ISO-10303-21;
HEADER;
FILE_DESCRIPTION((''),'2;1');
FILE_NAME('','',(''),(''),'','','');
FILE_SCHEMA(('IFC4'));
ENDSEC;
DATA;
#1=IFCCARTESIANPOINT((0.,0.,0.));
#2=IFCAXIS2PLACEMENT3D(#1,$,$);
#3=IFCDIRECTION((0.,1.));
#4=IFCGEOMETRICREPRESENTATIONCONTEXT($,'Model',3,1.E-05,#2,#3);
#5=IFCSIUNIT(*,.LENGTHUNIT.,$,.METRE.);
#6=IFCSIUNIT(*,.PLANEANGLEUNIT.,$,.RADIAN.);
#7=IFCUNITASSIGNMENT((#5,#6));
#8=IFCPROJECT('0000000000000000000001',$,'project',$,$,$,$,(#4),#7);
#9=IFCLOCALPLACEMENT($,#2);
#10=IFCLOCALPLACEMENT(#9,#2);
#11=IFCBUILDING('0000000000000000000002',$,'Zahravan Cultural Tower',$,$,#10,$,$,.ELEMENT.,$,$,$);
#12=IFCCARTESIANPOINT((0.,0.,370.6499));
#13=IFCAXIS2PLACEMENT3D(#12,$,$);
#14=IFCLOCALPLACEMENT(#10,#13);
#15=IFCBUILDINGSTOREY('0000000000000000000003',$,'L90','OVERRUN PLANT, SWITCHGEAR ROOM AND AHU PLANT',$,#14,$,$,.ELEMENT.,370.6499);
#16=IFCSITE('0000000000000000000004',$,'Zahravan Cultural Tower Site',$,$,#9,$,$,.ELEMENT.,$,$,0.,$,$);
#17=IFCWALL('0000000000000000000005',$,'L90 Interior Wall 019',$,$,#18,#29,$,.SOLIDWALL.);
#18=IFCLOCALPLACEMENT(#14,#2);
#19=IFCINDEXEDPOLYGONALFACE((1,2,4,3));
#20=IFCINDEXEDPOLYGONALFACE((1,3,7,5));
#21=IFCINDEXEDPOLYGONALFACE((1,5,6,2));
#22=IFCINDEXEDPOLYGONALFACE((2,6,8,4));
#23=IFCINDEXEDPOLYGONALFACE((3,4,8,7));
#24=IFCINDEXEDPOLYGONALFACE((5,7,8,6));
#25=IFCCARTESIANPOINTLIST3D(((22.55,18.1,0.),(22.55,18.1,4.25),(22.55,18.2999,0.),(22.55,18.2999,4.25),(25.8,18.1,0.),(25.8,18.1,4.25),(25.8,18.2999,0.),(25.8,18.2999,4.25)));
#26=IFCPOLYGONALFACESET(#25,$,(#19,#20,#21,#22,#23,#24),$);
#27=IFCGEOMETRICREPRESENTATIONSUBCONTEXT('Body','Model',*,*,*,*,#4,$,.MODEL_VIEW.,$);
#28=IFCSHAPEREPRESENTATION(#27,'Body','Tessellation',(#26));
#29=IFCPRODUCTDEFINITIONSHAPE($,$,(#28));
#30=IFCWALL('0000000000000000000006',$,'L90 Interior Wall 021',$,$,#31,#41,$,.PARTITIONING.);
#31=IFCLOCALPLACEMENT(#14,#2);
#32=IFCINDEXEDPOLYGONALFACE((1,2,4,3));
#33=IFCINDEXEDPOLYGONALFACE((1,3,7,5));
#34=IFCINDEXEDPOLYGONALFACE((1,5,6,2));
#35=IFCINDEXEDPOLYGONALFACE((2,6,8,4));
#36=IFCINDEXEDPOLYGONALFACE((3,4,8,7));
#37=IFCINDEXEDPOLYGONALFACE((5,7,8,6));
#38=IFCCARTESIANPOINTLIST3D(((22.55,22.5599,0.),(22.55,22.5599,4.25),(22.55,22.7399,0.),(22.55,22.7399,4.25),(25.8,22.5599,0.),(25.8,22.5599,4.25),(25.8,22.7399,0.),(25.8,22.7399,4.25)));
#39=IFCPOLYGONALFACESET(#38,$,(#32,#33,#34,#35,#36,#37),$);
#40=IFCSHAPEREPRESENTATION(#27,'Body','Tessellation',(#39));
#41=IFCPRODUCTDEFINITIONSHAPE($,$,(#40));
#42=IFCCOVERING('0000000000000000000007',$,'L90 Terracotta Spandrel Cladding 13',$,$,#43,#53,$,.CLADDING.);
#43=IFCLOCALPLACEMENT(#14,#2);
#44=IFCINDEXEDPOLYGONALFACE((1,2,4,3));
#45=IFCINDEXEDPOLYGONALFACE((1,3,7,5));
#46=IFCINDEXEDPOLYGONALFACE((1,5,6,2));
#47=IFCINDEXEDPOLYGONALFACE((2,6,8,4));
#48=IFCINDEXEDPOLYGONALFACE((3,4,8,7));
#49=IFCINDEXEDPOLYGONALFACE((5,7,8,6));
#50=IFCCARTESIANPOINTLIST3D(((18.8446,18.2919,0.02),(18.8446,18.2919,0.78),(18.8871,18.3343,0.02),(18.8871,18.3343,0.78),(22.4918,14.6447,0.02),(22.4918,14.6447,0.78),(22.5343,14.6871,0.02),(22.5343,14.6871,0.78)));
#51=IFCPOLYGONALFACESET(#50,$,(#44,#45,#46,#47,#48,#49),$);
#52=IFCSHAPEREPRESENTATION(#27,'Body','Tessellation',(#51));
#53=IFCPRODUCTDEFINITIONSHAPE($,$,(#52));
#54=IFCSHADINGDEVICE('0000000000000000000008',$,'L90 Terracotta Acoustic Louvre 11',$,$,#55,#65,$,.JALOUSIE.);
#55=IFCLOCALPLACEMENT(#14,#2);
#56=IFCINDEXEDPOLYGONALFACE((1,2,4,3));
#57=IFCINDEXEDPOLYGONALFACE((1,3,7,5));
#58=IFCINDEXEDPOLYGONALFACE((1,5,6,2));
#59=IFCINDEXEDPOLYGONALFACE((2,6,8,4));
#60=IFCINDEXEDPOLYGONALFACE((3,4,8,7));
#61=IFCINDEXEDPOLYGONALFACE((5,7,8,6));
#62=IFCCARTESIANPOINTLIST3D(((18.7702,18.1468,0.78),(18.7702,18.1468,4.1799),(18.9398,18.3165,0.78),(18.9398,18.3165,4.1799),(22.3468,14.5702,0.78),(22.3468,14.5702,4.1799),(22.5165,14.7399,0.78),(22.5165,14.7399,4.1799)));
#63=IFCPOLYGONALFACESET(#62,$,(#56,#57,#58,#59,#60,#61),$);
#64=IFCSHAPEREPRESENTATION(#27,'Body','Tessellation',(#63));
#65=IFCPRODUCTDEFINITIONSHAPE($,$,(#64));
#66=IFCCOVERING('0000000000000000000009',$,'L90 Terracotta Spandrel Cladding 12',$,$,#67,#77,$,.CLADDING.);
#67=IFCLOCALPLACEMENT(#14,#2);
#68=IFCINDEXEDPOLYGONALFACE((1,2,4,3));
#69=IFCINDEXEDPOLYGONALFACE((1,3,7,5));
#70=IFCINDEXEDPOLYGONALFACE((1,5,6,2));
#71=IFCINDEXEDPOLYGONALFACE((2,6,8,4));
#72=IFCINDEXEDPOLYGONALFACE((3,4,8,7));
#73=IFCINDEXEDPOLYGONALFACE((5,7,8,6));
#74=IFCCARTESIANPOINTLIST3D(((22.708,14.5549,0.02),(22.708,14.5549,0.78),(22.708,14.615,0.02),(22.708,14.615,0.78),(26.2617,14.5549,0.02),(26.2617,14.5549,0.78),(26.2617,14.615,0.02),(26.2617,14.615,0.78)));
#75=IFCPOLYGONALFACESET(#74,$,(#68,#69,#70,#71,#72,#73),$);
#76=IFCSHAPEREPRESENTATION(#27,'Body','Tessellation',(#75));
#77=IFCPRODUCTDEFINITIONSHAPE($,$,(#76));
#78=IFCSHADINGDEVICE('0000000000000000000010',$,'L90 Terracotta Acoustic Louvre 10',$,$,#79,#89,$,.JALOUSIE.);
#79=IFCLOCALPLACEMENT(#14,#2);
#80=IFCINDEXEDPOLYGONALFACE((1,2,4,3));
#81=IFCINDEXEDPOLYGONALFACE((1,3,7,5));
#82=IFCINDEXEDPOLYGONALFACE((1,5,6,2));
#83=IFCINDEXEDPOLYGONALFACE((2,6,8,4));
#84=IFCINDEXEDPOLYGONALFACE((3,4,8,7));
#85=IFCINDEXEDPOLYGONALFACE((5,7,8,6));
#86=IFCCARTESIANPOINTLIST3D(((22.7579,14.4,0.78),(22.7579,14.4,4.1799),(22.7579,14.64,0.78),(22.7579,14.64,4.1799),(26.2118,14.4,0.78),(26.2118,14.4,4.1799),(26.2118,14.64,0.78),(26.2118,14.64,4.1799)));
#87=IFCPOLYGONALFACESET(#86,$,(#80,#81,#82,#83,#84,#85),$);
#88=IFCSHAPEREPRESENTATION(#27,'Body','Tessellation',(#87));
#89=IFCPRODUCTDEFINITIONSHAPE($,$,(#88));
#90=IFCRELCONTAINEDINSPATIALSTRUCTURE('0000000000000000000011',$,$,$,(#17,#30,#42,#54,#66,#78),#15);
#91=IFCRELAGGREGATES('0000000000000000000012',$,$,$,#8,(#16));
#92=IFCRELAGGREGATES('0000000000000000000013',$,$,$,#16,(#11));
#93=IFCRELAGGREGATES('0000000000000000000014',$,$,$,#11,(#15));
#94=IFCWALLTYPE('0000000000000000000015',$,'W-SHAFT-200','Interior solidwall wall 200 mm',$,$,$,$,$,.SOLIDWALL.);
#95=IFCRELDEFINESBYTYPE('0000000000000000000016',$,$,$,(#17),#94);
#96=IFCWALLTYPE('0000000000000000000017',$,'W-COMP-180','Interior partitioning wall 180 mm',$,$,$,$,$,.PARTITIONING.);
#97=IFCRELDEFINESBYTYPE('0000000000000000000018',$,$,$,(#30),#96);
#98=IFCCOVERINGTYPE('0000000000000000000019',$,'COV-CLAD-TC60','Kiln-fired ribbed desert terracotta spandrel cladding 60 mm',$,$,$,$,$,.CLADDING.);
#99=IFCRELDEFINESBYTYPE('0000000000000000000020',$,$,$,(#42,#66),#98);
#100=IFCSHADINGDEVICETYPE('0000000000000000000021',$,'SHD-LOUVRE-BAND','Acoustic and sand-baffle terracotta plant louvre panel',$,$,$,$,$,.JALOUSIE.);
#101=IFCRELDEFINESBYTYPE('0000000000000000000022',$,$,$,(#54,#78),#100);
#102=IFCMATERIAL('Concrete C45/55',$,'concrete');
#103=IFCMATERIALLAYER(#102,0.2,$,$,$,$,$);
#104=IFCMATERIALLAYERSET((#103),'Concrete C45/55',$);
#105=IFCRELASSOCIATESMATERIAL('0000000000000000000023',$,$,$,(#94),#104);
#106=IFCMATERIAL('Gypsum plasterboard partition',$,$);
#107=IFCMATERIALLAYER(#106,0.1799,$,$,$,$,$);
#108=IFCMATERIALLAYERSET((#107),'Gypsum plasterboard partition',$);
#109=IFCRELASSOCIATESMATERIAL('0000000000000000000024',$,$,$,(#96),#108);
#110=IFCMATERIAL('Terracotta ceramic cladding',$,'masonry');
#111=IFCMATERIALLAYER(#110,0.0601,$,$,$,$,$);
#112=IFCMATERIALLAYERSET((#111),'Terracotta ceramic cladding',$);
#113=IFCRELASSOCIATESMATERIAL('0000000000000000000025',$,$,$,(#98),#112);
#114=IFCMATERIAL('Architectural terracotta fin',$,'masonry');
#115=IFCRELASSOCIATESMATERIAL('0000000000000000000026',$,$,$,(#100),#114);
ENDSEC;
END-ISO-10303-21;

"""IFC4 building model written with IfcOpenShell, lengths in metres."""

from ifc_helpers import new_model, si_unit, direction, frame, frame_2d, origin, origin_2d, place, context, subcontext, project, spatial, rectangle, extrude, source, transform, mapped, material, layer, layer_set, type_object, element, save


model = new_model("IFC4")

# Units and contexts
model_context = context("Model", 3, precision=1e-05, world=origin(), true_north=direction((0.0, 1.0)))
body_context = subcontext(model_context, "Body", "Model", "MODEL_VIEW")
ifc_project = project(units=[si_unit("LENGTHUNIT", "METRE"), si_unit("PLANEANGLEUNIT", "RADIAN")], contexts=[model_context])

# Site, building, storey
site_placement = place(None, origin())
site = spatial("IfcSite", under=ifc_project, at=site_placement, Name="Zahravan Cultural Tower Site", CompositionType="ELEMENT", RefElevation=0.0)
building_placement = place(site_placement, origin())
building = spatial("IfcBuilding", under=site, at=building_placement, Name="Zahravan Cultural Tower", CompositionType="ELEMENT")
storey_placement = place(building_placement, frame((0.0, 0.0, 370.6499)))
storey = spatial("IfcBuildingStorey", under=building, at=storey_placement, Name="L90", Description="OVERRUN PLANT, SWITCHGEAR ROOM AND AHU PLANT", CompositionType="ELEMENT", Elevation=370.6499)

# Shared definitions
ifc_material_1 = material(Name="Concrete C45/55", Category="concrete")

# Walls
ifc_layer_1 = layer(ifc_material_1, 0.2)
ifc_layer_set_1 = layer_set([ifc_layer_1], Name="Concrete C45/55")
wall_type_1 = type_object("IfcWallType", Name="W-SHAFT-200", Description="Interior solidwall wall 200 mm", PredefinedType="SOLIDWALL", material=ifc_layer_set_1)
shared_shape_1 = source(origin(), body_context, "Body", "SweptSolid", [
    extrude(rectangle(XDim=3.25, YDim=0.2, at=frame_2d((1.625, 0.0))), origin(), (0.0, 0.0, 1.0), 4.25),
])
wall_1_placement = place(storey_placement, frame((22.55, 18.2, 0.0), z_axis=(0.0, 0.0, 1.0), x_axis=(1.0, 0.0, 0.0)))
element("IfcWall", 1, at=wall_1_placement, inside=storey, type_object=wall_type_1, Name="L90 Interior Wall 019", PredefinedType="SOLIDWALL", context=body_context, shape_type="MappedRepresentation", body=[
    mapped(shared_shape_1, transform((0.0, 0.0, 0.0), x_axis=(1.0, 0.0, 0.0), y_axis=(0.0, 1.0, 0.0), z_axis=(0.0, 0.0, 1.0), scale=1.0)),
])
ifc_material_2 = material(Name="Gypsum plasterboard partition")
ifc_layer_2 = layer(ifc_material_2, 0.1799)
ifc_layer_set_2 = layer_set([ifc_layer_2], Name="Gypsum plasterboard partition")
wall_type_2 = type_object("IfcWallType", Name="W-COMP-180", Description="Interior partitioning wall 180 mm", PredefinedType="PARTITIONING", material=ifc_layer_set_2)
shared_shape_2 = source(origin(), body_context, "Body", "SweptSolid", [
    extrude(rectangle(XDim=3.25, YDim=0.1799, at=frame_2d((1.625, 0.0))), origin(), (0.0, 0.0, 1.0), 4.25),
])
wall_2_placement = place(storey_placement, frame((22.55, 22.6499, 0.0), z_axis=(0.0, 0.0, 1.0), x_axis=(1.0, 0.0, 0.0)))
element("IfcWall", 2, at=wall_2_placement, inside=storey, type_object=wall_type_2, Name="L90 Interior Wall 021", PredefinedType="PARTITIONING", context=body_context, shape_type="MappedRepresentation", body=[
    mapped(shared_shape_2, transform((0.0, 0.0, 0.0), x_axis=(1.0, 0.0, 0.0), y_axis=(0.0, 1.0, 0.0), z_axis=(0.0, 0.0, 1.0), scale=1.0)),
])

# Covering
ifc_material_3 = material(Name="Terracotta ceramic cladding", Category="masonry")
ifc_layer_3 = layer(ifc_material_3, 0.0601)
ifc_layer_set_3 = layer_set([ifc_layer_3], Name="Terracotta ceramic cladding")
covering_type = type_object("IfcCoveringType", Name="COV-CLAD-TC60", Description="Kiln-fired ribbed desert terracotta spandrel cladding 60 mm", PredefinedType="CLADDING", material=ifc_layer_set_3)
shared_shape_3 = source(origin(), body_context, "Body", "SweptSolid", [
    extrude(rectangle(XDim=5.158, YDim=0.0601, at=origin_2d()), origin(), (0.0, 0.0, 1.0), 0.76),
])
covering_1_placement = place(storey_placement, frame((20.6895, 16.4895, 0.02), z_axis=(0.0, 0.0, 1.0), x_axis=(-0.707107, 0.707107, 0.0)))
element("IfcCovering", 3, at=covering_1_placement, inside=storey, type_object=covering_type, Name="L90 Terracotta Spandrel Cladding 13", PredefinedType="CLADDING", context=body_context, shape_type="MappedRepresentation", body=[
    mapped(shared_shape_3, transform((0.0, 0.0, 0.0), x_axis=(1.0, 0.0, 0.0), y_axis=(0.0, 1.0, 0.0), z_axis=(0.0, 0.0, 1.0), scale=1.0)),
])

# Shading device
ifc_material_4 = material(Name="Architectural terracotta fin", Category="masonry")
shading_device_type = type_object("IfcShadingDeviceType", Name="SHD-LOUVRE-BAND", Description="Acoustic and sand-baffle terracotta plant louvre panel", PredefinedType="JALOUSIE", material=ifc_material_4)
shared_shape_4 = source(origin(), body_context, "Body", "SweptSolid", [
    extrude(rectangle(XDim=5.0581, YDim=0.24, at=origin_2d()), origin(), (0.0, 0.0, 1.0), 3.3999),
])
shading_device_1_placement = place(storey_placement, frame((20.6433, 16.4434, 0.78), z_axis=(0.0, 0.0, 1.0), x_axis=(-0.707107, 0.707107, 0.0)))
element("IfcShadingDevice", 4, at=shading_device_1_placement, inside=storey, type_object=shading_device_type, Name="L90 Terracotta Acoustic Louvre 11", PredefinedType="JALOUSIE", context=body_context, shape_type="MappedRepresentation", body=[
    mapped(shared_shape_4, transform((0.0, 0.0, 0.0), x_axis=(1.0, 0.0, 0.0), y_axis=(0.0, 1.0, 0.0), z_axis=(0.0, 0.0, 1.0), scale=1.0)),
])

# Covering
shared_shape_5 = source(origin(), body_context, "Body", "SweptSolid", [
    extrude(rectangle(XDim=3.5537, YDim=0.0601, at=origin_2d()), origin(), (0.0, 0.0, 1.0), 0.76),
])
covering_2_placement = place(storey_placement, frame((24.4849, 14.585, 0.02), z_axis=(0.0, 0.0, 1.0), x_axis=(-1.0, 0.0, 0.0)))
element("IfcCovering", 5, at=covering_2_placement, inside=storey, type_object=covering_type, Name="L90 Terracotta Spandrel Cladding 12", PredefinedType="CLADDING", context=body_context, shape_type="MappedRepresentation", body=[
    mapped(shared_shape_5, transform((0.0, 0.0, 0.0), x_axis=(1.0, 0.0, 0.0), y_axis=(0.0, 1.0, 0.0), z_axis=(0.0, 0.0, 1.0), scale=1.0)),
])

# Shading device
shared_shape_6 = source(origin(), body_context, "Body", "SweptSolid", [
    extrude(rectangle(XDim=3.4539, YDim=0.24, at=origin_2d()), origin(), (0.0, 0.0, 1.0), 3.3999),
])
shading_device_2_placement = place(storey_placement, frame((24.4849, 14.52, 0.78), z_axis=(0.0, 0.0, 1.0), x_axis=(-1.0, 0.0, 0.0)))
element("IfcShadingDevice", 6, at=shading_device_2_placement, inside=storey, type_object=shading_device_type, Name="L90 Terracotta Acoustic Louvre 10", PredefinedType="JALOUSIE", context=body_context, shape_type="MappedRepresentation", body=[
    mapped(shared_shape_6, transform((0.0, 0.0, 0.0), x_axis=(1.0, 0.0, 0.0), y_axis=(0.0, 1.0, 0.0), z_axis=(0.0, 0.0, 1.0), scale=1.0)),
])

save(model, "model.ifc")
